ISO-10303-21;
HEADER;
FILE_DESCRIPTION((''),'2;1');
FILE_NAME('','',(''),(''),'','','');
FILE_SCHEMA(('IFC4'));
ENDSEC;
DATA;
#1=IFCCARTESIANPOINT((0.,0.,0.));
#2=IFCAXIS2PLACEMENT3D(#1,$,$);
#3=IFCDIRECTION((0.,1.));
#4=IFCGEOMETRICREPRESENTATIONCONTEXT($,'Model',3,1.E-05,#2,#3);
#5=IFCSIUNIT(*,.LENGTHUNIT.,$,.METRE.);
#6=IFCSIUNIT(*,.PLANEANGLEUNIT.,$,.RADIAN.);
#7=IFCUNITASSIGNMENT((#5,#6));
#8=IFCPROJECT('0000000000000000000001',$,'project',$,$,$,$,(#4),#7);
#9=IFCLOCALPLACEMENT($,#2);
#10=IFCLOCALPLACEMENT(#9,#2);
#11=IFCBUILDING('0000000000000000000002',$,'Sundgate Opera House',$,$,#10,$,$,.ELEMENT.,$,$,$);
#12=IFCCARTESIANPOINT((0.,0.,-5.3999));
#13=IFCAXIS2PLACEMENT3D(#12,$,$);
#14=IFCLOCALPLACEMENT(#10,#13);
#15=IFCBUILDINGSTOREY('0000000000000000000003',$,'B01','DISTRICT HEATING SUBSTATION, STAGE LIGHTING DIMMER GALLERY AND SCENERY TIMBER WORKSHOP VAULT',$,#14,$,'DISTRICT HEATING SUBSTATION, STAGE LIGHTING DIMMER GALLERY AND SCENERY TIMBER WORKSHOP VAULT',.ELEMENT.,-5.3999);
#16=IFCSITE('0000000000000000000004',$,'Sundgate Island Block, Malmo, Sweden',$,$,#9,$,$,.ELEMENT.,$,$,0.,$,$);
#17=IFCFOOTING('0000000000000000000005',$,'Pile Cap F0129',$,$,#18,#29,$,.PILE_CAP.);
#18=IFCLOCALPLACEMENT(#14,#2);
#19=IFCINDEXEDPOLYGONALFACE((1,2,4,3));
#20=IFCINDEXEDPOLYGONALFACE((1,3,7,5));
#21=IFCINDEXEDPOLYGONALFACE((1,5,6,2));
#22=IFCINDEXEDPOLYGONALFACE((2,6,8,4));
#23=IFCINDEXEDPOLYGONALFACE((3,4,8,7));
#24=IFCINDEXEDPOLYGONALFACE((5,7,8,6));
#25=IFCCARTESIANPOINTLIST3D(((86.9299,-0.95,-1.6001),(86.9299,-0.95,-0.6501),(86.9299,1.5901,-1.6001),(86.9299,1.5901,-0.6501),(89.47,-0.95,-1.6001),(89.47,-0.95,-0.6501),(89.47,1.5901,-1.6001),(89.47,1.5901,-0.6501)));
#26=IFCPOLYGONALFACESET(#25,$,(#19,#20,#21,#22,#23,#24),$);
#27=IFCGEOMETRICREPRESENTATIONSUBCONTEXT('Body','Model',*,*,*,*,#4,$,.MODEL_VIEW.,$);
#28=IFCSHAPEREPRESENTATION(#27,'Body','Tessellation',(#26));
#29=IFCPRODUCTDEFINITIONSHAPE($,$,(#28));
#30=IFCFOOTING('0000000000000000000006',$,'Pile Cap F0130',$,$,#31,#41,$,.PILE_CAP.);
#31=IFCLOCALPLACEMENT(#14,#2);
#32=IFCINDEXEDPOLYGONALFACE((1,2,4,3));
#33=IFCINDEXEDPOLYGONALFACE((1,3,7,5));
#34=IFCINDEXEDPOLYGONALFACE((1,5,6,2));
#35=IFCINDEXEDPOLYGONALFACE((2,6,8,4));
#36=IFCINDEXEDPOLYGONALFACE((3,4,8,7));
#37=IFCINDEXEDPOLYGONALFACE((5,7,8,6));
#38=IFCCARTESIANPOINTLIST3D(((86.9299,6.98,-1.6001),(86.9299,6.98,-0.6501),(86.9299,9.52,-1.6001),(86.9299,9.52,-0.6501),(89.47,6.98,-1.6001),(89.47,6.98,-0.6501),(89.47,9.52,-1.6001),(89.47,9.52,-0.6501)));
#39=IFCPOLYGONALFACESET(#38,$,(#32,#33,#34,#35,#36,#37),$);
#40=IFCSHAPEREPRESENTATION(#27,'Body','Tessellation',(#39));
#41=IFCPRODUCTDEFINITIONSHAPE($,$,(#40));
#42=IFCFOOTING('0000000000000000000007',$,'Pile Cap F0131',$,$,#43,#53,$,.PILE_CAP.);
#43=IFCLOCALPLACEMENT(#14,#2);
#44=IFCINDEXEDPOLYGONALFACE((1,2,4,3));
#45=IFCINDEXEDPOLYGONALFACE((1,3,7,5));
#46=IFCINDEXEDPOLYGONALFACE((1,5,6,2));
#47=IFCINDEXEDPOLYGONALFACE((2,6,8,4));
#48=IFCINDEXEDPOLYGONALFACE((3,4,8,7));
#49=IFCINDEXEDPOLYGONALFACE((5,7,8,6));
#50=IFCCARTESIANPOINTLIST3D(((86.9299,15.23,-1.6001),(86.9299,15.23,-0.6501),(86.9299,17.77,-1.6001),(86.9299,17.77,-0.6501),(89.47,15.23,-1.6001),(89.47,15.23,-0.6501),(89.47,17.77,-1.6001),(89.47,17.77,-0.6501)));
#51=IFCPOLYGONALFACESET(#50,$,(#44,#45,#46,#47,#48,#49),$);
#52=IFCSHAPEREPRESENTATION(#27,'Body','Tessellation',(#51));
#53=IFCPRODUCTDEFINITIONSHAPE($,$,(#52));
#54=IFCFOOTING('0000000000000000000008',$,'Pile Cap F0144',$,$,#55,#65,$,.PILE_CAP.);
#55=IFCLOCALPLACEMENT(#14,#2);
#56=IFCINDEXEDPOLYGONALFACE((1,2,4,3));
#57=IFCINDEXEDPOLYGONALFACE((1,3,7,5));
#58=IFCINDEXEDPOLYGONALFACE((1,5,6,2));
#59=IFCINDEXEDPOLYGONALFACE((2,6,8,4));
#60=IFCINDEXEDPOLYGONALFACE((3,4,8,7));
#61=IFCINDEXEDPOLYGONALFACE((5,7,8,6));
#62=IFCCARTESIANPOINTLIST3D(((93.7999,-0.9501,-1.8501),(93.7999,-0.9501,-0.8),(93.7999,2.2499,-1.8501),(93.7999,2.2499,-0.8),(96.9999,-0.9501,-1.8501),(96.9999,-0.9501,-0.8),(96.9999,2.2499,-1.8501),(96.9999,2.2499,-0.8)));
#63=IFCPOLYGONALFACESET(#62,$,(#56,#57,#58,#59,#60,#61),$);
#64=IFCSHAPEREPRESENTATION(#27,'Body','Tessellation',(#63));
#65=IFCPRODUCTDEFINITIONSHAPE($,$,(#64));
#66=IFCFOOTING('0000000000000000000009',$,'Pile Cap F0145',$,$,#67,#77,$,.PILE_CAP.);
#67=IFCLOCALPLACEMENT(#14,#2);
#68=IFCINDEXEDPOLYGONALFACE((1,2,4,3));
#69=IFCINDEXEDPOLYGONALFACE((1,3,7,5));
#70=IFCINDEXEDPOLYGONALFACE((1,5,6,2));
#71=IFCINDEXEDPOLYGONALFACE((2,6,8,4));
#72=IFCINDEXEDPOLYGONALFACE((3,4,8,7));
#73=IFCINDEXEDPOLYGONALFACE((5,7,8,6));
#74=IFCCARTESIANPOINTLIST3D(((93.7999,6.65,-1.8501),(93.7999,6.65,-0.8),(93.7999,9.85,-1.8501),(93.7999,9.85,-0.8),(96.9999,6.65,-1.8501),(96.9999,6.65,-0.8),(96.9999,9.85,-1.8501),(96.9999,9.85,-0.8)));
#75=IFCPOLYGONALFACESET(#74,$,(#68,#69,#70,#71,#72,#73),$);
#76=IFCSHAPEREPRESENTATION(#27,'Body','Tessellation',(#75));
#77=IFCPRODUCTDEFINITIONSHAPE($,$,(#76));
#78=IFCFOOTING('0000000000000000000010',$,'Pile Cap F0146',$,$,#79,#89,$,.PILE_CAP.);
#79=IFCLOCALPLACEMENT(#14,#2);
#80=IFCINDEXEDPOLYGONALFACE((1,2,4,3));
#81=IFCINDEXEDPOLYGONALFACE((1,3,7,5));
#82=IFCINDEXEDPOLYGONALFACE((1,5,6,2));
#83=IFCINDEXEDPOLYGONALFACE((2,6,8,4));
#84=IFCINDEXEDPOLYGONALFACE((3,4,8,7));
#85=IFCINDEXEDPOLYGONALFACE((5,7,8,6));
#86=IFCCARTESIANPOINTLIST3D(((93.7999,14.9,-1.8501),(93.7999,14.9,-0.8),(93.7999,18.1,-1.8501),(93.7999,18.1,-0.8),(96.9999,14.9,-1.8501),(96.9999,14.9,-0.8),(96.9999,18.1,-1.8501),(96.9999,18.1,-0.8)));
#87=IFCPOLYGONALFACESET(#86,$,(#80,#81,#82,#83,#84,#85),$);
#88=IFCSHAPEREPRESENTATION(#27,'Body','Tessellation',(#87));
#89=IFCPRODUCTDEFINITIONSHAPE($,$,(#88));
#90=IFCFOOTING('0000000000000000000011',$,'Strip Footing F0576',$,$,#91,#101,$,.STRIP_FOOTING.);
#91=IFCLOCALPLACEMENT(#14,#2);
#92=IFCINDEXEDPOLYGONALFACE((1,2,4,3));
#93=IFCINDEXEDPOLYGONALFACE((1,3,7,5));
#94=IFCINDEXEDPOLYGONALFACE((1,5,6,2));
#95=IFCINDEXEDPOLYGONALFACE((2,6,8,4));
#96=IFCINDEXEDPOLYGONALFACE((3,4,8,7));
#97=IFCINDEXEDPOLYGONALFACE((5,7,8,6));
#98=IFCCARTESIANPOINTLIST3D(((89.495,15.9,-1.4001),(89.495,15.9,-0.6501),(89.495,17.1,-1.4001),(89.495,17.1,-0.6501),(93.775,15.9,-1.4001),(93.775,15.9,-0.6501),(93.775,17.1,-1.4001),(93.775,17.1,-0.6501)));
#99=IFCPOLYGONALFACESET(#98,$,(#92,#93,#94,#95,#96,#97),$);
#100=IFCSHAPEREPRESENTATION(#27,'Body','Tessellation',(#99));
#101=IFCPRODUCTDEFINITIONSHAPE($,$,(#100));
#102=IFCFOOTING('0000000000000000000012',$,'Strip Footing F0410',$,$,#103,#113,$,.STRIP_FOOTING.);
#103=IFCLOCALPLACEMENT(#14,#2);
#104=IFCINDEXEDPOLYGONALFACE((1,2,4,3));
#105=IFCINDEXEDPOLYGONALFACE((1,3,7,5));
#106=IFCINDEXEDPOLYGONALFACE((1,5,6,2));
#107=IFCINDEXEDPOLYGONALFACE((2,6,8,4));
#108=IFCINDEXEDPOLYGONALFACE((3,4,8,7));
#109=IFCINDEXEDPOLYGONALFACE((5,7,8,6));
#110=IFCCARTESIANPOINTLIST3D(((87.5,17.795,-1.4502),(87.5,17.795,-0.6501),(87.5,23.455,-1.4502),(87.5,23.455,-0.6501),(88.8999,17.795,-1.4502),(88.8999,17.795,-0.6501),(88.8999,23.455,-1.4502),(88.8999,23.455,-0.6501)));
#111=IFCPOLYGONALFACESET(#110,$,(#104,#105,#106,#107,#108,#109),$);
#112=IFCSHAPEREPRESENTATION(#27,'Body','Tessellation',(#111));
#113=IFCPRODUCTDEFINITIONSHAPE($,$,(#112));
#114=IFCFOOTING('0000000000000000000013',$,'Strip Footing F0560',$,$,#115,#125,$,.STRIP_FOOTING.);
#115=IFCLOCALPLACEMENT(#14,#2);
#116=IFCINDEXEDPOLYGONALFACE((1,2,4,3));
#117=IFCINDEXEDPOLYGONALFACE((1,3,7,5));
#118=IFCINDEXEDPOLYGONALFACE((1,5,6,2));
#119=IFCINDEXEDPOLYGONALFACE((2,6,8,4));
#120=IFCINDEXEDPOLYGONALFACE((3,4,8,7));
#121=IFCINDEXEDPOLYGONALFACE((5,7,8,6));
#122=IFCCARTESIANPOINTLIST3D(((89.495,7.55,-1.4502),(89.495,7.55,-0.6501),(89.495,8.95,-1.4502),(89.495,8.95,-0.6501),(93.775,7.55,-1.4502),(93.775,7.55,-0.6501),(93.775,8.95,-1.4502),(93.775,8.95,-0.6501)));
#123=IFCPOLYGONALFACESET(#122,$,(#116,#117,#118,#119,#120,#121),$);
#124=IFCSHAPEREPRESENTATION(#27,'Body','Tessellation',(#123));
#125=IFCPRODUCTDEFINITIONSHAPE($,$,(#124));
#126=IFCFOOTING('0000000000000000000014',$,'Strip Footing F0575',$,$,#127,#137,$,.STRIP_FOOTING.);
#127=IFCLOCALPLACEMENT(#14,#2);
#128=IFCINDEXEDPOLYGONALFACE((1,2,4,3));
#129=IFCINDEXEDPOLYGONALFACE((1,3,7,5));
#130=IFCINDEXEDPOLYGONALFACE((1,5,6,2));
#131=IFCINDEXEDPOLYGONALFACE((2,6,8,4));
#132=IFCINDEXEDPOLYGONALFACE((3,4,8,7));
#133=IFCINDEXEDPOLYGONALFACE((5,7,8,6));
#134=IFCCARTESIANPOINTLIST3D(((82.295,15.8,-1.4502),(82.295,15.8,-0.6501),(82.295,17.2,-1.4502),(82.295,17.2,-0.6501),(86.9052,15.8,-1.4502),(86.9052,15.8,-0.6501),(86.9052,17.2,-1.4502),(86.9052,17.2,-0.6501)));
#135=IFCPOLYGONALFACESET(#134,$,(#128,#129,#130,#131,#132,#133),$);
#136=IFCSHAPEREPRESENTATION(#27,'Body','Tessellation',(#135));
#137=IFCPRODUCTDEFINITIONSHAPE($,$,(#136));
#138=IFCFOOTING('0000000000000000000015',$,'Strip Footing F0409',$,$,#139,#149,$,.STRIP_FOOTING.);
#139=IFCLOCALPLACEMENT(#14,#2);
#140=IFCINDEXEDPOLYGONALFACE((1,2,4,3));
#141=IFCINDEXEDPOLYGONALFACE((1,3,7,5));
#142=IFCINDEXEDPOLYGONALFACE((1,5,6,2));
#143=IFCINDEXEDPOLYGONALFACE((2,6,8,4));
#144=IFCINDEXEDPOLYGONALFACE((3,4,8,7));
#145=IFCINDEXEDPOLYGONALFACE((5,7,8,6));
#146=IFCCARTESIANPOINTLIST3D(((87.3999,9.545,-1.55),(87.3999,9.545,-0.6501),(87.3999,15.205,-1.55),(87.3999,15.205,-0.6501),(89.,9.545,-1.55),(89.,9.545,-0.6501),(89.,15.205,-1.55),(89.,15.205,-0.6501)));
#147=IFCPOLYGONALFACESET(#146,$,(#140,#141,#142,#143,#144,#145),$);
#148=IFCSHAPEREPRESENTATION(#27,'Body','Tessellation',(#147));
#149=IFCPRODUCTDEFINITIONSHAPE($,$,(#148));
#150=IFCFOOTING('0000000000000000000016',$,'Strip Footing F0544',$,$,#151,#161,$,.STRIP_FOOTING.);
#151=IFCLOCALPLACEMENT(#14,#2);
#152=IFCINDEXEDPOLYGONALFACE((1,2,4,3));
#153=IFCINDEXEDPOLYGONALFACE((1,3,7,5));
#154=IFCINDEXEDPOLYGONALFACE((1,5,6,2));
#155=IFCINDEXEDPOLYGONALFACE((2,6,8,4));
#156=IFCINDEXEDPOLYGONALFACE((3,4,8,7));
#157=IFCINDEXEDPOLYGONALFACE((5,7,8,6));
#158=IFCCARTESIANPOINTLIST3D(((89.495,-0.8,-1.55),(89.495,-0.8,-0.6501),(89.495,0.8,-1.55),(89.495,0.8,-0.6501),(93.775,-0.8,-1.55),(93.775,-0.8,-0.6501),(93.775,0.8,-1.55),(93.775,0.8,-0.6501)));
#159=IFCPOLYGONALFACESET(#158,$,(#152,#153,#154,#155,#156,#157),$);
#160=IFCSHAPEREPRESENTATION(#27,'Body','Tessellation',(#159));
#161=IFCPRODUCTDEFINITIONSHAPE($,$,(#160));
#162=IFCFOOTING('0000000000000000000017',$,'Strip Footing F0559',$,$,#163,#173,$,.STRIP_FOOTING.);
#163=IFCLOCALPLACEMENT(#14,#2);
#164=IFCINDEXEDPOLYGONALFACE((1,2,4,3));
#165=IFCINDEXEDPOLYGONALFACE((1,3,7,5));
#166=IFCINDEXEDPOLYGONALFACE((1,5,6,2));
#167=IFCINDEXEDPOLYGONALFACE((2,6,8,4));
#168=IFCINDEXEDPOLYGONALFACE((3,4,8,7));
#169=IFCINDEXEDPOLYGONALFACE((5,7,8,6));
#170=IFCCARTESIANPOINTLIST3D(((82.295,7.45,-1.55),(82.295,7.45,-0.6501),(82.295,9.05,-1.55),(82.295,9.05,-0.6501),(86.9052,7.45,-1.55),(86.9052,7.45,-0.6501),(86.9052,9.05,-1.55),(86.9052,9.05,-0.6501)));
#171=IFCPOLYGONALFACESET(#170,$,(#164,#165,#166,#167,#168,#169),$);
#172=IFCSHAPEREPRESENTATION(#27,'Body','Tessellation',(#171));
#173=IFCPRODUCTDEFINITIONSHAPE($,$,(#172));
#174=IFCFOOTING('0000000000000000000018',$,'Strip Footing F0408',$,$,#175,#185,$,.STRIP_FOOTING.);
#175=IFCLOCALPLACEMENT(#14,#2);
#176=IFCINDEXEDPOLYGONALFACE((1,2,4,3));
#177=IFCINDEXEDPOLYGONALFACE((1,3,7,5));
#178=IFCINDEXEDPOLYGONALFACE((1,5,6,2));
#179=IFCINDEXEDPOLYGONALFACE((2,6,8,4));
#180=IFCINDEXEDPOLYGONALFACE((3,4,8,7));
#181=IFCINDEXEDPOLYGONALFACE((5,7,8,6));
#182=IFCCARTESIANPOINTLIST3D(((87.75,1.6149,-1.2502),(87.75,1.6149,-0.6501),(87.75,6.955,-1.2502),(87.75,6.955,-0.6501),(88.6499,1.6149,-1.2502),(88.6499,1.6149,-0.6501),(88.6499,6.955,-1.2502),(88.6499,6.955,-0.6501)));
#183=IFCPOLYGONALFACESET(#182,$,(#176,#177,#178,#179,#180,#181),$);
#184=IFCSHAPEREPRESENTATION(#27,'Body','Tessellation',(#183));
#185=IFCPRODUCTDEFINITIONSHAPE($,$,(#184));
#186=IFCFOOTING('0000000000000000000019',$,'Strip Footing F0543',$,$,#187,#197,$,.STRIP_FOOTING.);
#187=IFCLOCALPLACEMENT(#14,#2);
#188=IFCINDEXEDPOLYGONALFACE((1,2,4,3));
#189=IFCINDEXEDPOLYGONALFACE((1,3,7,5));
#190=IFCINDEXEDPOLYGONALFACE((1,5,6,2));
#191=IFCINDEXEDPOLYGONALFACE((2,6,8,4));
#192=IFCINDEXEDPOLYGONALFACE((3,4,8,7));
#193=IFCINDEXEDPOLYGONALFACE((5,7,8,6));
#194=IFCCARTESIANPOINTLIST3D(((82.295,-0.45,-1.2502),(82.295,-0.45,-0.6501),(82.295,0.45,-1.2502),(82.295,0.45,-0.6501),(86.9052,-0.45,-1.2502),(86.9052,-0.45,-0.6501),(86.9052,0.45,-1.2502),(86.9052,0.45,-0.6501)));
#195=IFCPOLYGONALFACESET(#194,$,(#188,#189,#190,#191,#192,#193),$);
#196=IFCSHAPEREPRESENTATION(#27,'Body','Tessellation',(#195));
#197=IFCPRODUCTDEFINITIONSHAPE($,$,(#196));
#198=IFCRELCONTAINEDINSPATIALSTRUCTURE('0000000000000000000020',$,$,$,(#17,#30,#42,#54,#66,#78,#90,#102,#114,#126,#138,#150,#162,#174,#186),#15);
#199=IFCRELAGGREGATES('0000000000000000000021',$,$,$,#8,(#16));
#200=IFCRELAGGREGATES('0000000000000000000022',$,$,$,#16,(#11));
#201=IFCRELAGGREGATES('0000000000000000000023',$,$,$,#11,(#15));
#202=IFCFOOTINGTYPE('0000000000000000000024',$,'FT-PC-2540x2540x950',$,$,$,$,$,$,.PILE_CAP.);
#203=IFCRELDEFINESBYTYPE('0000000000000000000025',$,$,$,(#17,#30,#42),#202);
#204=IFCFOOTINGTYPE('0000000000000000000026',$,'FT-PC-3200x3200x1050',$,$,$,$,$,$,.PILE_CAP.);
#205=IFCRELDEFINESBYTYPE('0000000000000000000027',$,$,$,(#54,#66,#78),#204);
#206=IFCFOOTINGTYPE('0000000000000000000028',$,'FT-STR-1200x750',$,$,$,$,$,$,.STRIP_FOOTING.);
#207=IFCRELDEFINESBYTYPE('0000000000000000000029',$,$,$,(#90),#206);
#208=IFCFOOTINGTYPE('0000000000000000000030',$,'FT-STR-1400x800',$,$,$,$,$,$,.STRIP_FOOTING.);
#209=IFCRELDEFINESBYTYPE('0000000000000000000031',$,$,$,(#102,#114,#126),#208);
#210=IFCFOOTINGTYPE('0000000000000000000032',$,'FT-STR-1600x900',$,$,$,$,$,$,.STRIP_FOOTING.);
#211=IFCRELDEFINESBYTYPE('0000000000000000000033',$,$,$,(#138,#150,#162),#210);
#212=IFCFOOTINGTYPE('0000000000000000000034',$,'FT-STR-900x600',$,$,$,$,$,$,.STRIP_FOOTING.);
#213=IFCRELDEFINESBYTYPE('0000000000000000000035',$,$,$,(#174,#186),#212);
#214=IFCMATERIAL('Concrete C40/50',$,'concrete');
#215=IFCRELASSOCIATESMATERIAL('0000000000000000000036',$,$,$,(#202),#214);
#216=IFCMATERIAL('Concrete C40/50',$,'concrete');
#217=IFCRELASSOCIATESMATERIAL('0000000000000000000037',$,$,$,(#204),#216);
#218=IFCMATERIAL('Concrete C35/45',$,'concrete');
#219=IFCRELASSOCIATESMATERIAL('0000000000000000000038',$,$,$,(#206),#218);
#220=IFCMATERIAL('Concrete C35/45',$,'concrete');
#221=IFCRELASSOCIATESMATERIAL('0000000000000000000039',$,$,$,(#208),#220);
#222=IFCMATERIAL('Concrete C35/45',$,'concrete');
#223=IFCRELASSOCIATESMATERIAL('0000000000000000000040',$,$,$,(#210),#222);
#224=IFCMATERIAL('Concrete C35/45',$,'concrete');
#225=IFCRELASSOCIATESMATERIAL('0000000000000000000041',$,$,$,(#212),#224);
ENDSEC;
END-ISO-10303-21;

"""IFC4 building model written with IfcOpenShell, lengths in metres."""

from ifc_helpers import new_model, si_unit, direction, frame, origin, origin_2d, place, context, subcontext, project, spatial, rectangle, extrude, material, type_object, element, save


model = new_model("IFC4")

# Units and contexts
model_context = context("Model", 3, precision=1e-05, world=origin(), true_north=direction((0.0, 1.0)))
body_context = subcontext(model_context, "Body", "Model", "MODEL_VIEW")
ifc_project = project(units=[si_unit("LENGTHUNIT", "METRE"), si_unit("PLANEANGLEUNIT", "RADIAN")], contexts=[model_context])

# Site, building, storey
site_placement = place(None, origin())
site = spatial("IfcSite", under=ifc_project, at=site_placement, Name="Sundgate Island Block, Malmo, Sweden", CompositionType="ELEMENT", RefElevation=0.0)
building_placement = place(site_placement, origin())
building = spatial("IfcBuilding", under=site, at=building_placement, Name="Sundgate Opera House", CompositionType="ELEMENT")
storey_placement = place(building_placement, frame((0.0, 0.0, -5.3999)))
storey = spatial("IfcBuildingStorey", under=building, at=storey_placement, Name="B01", Description="DISTRICT HEATING SUBSTATION, STAGE LIGHTING DIMMER GALLERY AND SCENERY TIMBER WORKSHOP VAULT", LongName="DISTRICT HEATING SUBSTATION, STAGE LIGHTING DIMMER GALLERY AND SCENERY TIMBER WORKSHOP VAULT", CompositionType="ELEMENT", Elevation=-5.3999)

# Footings
ifc_material_1 = material(Name="Concrete C40/50", Category="concrete")
footing_type_1 = type_object("IfcFootingType", Name="FT-PC-2540x2540x950", PredefinedType="PILE_CAP", material=ifc_material_1)
for number, where, z_axis, x_axis, name in (
    (1, (88.2, 0.3201, -1.6001), (0.0, 0.0, 1.0), (1.0, 0.0, 0.0), "Pile Cap F0129"),
    (2, (88.2, 8.25, -1.6001), (0.0, 0.0, 1.0), (1.0, 0.0, 0.0), "Pile Cap F0130"),
    (3, (88.2, 16.5, -1.6001), (0.0, 0.0, 1.0), (1.0, 0.0, 0.0), "Pile Cap F0131"),
):
    element("IfcFooting", number, at=place(storey_placement, frame(where, z_axis=z_axis, x_axis=x_axis)), inside=storey, type_object=footing_type_1, Name=name, PredefinedType="PILE_CAP", context=body_context, shape_type="SweptSolid", body=[
        extrude(rectangle(XDim=2.54, YDim=2.54, at=origin_2d()), origin(), (0.0, 0.0, 1.0), 0.95),
    ])
ifc_material_2 = material(Name="Concrete C40/50", Category="concrete")
footing_type_2 = type_object("IfcFootingType", Name="FT-PC-3200x3200x1050", PredefinedType="PILE_CAP", material=ifc_material_2)
for number, where, z_axis, x_axis, name in (
    (4, (95.3999, 0.6499, -1.8501), (0.0, 0.0, 1.0), (1.0, 0.0, 0.0), "Pile Cap F0144"),
    (5, (95.3999, 8.25, -1.8501), (0.0, 0.0, 1.0), (1.0, 0.0, 0.0), "Pile Cap F0145"),
    (6, (95.3999, 16.5, -1.8501), (0.0, 0.0, 1.0), (1.0, 0.0, 0.0), "Pile Cap F0146"),
):
    element("IfcFooting", number, at=place(storey_placement, frame(where, z_axis=z_axis, x_axis=x_axis)), inside=storey, type_object=footing_type_2, Name=name, PredefinedType="PILE_CAP", context=body_context, shape_type="SweptSolid", body=[
        extrude(rectangle(XDim=3.2, YDim=3.2, at=origin_2d()), origin(), (0.0, 0.0, 1.0), 1.05),
    ])
ifc_material_3 = material(Name="Concrete C35/45", Category="concrete")
footing_type_3 = type_object("IfcFootingType", Name="FT-STR-1200x750", PredefinedType="STRIP_FOOTING", material=ifc_material_3)
footing_1_placement = place(storey_placement, frame((91.635, 16.5, -1.4001), z_axis=(0.0, 0.0, 1.0), x_axis=(1.0, 0.0, 0.0)))
element("IfcFooting", 7, at=footing_1_placement, inside=storey, type_object=footing_type_3, Name="Strip Footing F0576", PredefinedType="STRIP_FOOTING", context=body_context, shape_type="SweptSolid", body=[
    extrude(rectangle(XDim=4.28, YDim=1.2, at=origin_2d()), origin(), (0.0, 0.0, 1.0), 0.75),
])
ifc_material_4 = material(Name="Concrete C35/45", Category="concrete")
footing_type_4 = type_object("IfcFootingType", Name="FT-STR-1400x800", PredefinedType="STRIP_FOOTING", material=ifc_material_4)
footing_2_placement = place(storey_placement, frame((88.2, 20.625, -1.4502), z_axis=(0.0, 0.0, 1.0), x_axis=(1.0, 0.0, 0.0)))
element("IfcFooting", 8, at=footing_2_placement, inside=storey, type_object=footing_type_4, Name="Strip Footing F0410", PredefinedType="STRIP_FOOTING", context=body_context, shape_type="SweptSolid", body=[
    extrude(rectangle(XDim=1.3999, YDim=5.6599, at=origin_2d()), origin(), (0.0, 0.0, 1.0), 0.8),
])
footing_3_placement = place(storey_placement, frame((91.635, 8.25, -1.4502), z_axis=(0.0, 0.0, 1.0), x_axis=(1.0, 0.0, 0.0)))
element("IfcFooting", 9, at=footing_3_placement, inside=storey, type_object=footing_type_4, Name="Strip Footing F0560", PredefinedType="STRIP_FOOTING", context=body_context, shape_type="SweptSolid", body=[
    extrude(rectangle(XDim=4.28, YDim=1.3999, at=origin_2d()), origin(), (0.0, 0.0, 1.0), 0.8),
])
footing_4_placement = place(storey_placement, frame((84.6001, 16.5, -1.4502), z_axis=(0.0, 0.0, 1.0), x_axis=(1.0, 0.0, 0.0)))
element("IfcFooting", 10, at=footing_4_placement, inside=storey, type_object=footing_type_4, Name="Strip Footing F0575", PredefinedType="STRIP_FOOTING", context=body_context, shape_type="SweptSolid", body=[
    extrude(rectangle(XDim=4.6101, YDim=1.3999, at=origin_2d()), origin(), (0.0, 0.0, 1.0), 0.8),
])
ifc_material_5 = material(Name="Concrete C35/45", Category="concrete")
footing_type_5 = type_object("IfcFootingType", Name="FT-STR-1600x900", PredefinedType="STRIP_FOOTING", material=ifc_material_5)
footing_5_placement = place(storey_placement, frame((88.2, 12.375, -1.55), z_axis=(0.0, 0.0, 1.0), x_axis=(1.0, 0.0, 0.0)))
element("IfcFooting", 11, at=footing_5_placement, inside=storey, type_object=footing_type_5, Name="Strip Footing F0409", PredefinedType="STRIP_FOOTING", context=body_context, shape_type="SweptSolid", body=[
    extrude(rectangle(XDim=1.6001, YDim=5.6599, at=origin_2d()), origin(), (0.0, 0.0, 1.0), 0.8999),
])
footing_6_placement = place(storey_placement, frame((91.635, 0.0, -1.55), z_axis=(0.0, 0.0, 1.0), x_axis=(1.0, 0.0, 0.0)))
element("IfcFooting", 12, at=footing_6_placement, inside=storey, type_object=footing_type_5, Name="Strip Footing F0544", PredefinedType="STRIP_FOOTING", context=body_context, shape_type="SweptSolid", body=[
    extrude(rectangle(XDim=4.28, YDim=1.6001, at=origin_2d()), origin(), (0.0, 0.0, 1.0), 0.8999),
])
footing_7_placement = place(storey_placement, frame((84.6001, 8.25, -1.55), z_axis=(0.0, 0.0, 1.0), x_axis=(1.0, 0.0, 0.0)))
element("IfcFooting", 13, at=footing_7_placement, inside=storey, type_object=footing_type_5, Name="Strip Footing F0559", PredefinedType="STRIP_FOOTING", context=body_context, shape_type="SweptSolid", body=[
    extrude(rectangle(XDim=4.6101, YDim=1.6001, at=origin_2d()), origin(), (0.0, 0.0, 1.0), 0.8999),
])
ifc_material_6 = material(Name="Concrete C35/45", Category="concrete")
footing_type_6 = type_object("IfcFootingType", Name="FT-STR-900x600", PredefinedType="STRIP_FOOTING", material=ifc_material_6)
footing_8_placement = place(storey_placement, frame((88.2, 4.2849, -1.2502), z_axis=(0.0, 0.0, 1.0), x_axis=(1.0, 0.0, 0.0)))
element("IfcFooting", 14, at=footing_8_placement, inside=storey, type_object=footing_type_6, Name="Strip Footing F0408", PredefinedType="STRIP_FOOTING", context=body_context, shape_type="SweptSolid", body=[
    extrude(rectangle(XDim=0.8999, YDim=5.3401, at=origin_2d()), origin(), (0.0, 0.0, 1.0), 0.6001),
])
footing_9_placement = place(storey_placement, frame((84.6001, 0.0, -1.2502), z_axis=(0.0, 0.0, 1.0), x_axis=(1.0, 0.0, 0.0)))
element("IfcFooting", 15, at=footing_9_placement, inside=storey, type_object=footing_type_6, Name="Strip Footing F0543", PredefinedType="STRIP_FOOTING", context=body_context, shape_type="SweptSolid", body=[
    extrude(rectangle(XDim=4.6101, YDim=0.8999, at=origin_2d()), origin(), (0.0, 0.0, 1.0), 0.6001),
])

save(model, "model.ifc")
